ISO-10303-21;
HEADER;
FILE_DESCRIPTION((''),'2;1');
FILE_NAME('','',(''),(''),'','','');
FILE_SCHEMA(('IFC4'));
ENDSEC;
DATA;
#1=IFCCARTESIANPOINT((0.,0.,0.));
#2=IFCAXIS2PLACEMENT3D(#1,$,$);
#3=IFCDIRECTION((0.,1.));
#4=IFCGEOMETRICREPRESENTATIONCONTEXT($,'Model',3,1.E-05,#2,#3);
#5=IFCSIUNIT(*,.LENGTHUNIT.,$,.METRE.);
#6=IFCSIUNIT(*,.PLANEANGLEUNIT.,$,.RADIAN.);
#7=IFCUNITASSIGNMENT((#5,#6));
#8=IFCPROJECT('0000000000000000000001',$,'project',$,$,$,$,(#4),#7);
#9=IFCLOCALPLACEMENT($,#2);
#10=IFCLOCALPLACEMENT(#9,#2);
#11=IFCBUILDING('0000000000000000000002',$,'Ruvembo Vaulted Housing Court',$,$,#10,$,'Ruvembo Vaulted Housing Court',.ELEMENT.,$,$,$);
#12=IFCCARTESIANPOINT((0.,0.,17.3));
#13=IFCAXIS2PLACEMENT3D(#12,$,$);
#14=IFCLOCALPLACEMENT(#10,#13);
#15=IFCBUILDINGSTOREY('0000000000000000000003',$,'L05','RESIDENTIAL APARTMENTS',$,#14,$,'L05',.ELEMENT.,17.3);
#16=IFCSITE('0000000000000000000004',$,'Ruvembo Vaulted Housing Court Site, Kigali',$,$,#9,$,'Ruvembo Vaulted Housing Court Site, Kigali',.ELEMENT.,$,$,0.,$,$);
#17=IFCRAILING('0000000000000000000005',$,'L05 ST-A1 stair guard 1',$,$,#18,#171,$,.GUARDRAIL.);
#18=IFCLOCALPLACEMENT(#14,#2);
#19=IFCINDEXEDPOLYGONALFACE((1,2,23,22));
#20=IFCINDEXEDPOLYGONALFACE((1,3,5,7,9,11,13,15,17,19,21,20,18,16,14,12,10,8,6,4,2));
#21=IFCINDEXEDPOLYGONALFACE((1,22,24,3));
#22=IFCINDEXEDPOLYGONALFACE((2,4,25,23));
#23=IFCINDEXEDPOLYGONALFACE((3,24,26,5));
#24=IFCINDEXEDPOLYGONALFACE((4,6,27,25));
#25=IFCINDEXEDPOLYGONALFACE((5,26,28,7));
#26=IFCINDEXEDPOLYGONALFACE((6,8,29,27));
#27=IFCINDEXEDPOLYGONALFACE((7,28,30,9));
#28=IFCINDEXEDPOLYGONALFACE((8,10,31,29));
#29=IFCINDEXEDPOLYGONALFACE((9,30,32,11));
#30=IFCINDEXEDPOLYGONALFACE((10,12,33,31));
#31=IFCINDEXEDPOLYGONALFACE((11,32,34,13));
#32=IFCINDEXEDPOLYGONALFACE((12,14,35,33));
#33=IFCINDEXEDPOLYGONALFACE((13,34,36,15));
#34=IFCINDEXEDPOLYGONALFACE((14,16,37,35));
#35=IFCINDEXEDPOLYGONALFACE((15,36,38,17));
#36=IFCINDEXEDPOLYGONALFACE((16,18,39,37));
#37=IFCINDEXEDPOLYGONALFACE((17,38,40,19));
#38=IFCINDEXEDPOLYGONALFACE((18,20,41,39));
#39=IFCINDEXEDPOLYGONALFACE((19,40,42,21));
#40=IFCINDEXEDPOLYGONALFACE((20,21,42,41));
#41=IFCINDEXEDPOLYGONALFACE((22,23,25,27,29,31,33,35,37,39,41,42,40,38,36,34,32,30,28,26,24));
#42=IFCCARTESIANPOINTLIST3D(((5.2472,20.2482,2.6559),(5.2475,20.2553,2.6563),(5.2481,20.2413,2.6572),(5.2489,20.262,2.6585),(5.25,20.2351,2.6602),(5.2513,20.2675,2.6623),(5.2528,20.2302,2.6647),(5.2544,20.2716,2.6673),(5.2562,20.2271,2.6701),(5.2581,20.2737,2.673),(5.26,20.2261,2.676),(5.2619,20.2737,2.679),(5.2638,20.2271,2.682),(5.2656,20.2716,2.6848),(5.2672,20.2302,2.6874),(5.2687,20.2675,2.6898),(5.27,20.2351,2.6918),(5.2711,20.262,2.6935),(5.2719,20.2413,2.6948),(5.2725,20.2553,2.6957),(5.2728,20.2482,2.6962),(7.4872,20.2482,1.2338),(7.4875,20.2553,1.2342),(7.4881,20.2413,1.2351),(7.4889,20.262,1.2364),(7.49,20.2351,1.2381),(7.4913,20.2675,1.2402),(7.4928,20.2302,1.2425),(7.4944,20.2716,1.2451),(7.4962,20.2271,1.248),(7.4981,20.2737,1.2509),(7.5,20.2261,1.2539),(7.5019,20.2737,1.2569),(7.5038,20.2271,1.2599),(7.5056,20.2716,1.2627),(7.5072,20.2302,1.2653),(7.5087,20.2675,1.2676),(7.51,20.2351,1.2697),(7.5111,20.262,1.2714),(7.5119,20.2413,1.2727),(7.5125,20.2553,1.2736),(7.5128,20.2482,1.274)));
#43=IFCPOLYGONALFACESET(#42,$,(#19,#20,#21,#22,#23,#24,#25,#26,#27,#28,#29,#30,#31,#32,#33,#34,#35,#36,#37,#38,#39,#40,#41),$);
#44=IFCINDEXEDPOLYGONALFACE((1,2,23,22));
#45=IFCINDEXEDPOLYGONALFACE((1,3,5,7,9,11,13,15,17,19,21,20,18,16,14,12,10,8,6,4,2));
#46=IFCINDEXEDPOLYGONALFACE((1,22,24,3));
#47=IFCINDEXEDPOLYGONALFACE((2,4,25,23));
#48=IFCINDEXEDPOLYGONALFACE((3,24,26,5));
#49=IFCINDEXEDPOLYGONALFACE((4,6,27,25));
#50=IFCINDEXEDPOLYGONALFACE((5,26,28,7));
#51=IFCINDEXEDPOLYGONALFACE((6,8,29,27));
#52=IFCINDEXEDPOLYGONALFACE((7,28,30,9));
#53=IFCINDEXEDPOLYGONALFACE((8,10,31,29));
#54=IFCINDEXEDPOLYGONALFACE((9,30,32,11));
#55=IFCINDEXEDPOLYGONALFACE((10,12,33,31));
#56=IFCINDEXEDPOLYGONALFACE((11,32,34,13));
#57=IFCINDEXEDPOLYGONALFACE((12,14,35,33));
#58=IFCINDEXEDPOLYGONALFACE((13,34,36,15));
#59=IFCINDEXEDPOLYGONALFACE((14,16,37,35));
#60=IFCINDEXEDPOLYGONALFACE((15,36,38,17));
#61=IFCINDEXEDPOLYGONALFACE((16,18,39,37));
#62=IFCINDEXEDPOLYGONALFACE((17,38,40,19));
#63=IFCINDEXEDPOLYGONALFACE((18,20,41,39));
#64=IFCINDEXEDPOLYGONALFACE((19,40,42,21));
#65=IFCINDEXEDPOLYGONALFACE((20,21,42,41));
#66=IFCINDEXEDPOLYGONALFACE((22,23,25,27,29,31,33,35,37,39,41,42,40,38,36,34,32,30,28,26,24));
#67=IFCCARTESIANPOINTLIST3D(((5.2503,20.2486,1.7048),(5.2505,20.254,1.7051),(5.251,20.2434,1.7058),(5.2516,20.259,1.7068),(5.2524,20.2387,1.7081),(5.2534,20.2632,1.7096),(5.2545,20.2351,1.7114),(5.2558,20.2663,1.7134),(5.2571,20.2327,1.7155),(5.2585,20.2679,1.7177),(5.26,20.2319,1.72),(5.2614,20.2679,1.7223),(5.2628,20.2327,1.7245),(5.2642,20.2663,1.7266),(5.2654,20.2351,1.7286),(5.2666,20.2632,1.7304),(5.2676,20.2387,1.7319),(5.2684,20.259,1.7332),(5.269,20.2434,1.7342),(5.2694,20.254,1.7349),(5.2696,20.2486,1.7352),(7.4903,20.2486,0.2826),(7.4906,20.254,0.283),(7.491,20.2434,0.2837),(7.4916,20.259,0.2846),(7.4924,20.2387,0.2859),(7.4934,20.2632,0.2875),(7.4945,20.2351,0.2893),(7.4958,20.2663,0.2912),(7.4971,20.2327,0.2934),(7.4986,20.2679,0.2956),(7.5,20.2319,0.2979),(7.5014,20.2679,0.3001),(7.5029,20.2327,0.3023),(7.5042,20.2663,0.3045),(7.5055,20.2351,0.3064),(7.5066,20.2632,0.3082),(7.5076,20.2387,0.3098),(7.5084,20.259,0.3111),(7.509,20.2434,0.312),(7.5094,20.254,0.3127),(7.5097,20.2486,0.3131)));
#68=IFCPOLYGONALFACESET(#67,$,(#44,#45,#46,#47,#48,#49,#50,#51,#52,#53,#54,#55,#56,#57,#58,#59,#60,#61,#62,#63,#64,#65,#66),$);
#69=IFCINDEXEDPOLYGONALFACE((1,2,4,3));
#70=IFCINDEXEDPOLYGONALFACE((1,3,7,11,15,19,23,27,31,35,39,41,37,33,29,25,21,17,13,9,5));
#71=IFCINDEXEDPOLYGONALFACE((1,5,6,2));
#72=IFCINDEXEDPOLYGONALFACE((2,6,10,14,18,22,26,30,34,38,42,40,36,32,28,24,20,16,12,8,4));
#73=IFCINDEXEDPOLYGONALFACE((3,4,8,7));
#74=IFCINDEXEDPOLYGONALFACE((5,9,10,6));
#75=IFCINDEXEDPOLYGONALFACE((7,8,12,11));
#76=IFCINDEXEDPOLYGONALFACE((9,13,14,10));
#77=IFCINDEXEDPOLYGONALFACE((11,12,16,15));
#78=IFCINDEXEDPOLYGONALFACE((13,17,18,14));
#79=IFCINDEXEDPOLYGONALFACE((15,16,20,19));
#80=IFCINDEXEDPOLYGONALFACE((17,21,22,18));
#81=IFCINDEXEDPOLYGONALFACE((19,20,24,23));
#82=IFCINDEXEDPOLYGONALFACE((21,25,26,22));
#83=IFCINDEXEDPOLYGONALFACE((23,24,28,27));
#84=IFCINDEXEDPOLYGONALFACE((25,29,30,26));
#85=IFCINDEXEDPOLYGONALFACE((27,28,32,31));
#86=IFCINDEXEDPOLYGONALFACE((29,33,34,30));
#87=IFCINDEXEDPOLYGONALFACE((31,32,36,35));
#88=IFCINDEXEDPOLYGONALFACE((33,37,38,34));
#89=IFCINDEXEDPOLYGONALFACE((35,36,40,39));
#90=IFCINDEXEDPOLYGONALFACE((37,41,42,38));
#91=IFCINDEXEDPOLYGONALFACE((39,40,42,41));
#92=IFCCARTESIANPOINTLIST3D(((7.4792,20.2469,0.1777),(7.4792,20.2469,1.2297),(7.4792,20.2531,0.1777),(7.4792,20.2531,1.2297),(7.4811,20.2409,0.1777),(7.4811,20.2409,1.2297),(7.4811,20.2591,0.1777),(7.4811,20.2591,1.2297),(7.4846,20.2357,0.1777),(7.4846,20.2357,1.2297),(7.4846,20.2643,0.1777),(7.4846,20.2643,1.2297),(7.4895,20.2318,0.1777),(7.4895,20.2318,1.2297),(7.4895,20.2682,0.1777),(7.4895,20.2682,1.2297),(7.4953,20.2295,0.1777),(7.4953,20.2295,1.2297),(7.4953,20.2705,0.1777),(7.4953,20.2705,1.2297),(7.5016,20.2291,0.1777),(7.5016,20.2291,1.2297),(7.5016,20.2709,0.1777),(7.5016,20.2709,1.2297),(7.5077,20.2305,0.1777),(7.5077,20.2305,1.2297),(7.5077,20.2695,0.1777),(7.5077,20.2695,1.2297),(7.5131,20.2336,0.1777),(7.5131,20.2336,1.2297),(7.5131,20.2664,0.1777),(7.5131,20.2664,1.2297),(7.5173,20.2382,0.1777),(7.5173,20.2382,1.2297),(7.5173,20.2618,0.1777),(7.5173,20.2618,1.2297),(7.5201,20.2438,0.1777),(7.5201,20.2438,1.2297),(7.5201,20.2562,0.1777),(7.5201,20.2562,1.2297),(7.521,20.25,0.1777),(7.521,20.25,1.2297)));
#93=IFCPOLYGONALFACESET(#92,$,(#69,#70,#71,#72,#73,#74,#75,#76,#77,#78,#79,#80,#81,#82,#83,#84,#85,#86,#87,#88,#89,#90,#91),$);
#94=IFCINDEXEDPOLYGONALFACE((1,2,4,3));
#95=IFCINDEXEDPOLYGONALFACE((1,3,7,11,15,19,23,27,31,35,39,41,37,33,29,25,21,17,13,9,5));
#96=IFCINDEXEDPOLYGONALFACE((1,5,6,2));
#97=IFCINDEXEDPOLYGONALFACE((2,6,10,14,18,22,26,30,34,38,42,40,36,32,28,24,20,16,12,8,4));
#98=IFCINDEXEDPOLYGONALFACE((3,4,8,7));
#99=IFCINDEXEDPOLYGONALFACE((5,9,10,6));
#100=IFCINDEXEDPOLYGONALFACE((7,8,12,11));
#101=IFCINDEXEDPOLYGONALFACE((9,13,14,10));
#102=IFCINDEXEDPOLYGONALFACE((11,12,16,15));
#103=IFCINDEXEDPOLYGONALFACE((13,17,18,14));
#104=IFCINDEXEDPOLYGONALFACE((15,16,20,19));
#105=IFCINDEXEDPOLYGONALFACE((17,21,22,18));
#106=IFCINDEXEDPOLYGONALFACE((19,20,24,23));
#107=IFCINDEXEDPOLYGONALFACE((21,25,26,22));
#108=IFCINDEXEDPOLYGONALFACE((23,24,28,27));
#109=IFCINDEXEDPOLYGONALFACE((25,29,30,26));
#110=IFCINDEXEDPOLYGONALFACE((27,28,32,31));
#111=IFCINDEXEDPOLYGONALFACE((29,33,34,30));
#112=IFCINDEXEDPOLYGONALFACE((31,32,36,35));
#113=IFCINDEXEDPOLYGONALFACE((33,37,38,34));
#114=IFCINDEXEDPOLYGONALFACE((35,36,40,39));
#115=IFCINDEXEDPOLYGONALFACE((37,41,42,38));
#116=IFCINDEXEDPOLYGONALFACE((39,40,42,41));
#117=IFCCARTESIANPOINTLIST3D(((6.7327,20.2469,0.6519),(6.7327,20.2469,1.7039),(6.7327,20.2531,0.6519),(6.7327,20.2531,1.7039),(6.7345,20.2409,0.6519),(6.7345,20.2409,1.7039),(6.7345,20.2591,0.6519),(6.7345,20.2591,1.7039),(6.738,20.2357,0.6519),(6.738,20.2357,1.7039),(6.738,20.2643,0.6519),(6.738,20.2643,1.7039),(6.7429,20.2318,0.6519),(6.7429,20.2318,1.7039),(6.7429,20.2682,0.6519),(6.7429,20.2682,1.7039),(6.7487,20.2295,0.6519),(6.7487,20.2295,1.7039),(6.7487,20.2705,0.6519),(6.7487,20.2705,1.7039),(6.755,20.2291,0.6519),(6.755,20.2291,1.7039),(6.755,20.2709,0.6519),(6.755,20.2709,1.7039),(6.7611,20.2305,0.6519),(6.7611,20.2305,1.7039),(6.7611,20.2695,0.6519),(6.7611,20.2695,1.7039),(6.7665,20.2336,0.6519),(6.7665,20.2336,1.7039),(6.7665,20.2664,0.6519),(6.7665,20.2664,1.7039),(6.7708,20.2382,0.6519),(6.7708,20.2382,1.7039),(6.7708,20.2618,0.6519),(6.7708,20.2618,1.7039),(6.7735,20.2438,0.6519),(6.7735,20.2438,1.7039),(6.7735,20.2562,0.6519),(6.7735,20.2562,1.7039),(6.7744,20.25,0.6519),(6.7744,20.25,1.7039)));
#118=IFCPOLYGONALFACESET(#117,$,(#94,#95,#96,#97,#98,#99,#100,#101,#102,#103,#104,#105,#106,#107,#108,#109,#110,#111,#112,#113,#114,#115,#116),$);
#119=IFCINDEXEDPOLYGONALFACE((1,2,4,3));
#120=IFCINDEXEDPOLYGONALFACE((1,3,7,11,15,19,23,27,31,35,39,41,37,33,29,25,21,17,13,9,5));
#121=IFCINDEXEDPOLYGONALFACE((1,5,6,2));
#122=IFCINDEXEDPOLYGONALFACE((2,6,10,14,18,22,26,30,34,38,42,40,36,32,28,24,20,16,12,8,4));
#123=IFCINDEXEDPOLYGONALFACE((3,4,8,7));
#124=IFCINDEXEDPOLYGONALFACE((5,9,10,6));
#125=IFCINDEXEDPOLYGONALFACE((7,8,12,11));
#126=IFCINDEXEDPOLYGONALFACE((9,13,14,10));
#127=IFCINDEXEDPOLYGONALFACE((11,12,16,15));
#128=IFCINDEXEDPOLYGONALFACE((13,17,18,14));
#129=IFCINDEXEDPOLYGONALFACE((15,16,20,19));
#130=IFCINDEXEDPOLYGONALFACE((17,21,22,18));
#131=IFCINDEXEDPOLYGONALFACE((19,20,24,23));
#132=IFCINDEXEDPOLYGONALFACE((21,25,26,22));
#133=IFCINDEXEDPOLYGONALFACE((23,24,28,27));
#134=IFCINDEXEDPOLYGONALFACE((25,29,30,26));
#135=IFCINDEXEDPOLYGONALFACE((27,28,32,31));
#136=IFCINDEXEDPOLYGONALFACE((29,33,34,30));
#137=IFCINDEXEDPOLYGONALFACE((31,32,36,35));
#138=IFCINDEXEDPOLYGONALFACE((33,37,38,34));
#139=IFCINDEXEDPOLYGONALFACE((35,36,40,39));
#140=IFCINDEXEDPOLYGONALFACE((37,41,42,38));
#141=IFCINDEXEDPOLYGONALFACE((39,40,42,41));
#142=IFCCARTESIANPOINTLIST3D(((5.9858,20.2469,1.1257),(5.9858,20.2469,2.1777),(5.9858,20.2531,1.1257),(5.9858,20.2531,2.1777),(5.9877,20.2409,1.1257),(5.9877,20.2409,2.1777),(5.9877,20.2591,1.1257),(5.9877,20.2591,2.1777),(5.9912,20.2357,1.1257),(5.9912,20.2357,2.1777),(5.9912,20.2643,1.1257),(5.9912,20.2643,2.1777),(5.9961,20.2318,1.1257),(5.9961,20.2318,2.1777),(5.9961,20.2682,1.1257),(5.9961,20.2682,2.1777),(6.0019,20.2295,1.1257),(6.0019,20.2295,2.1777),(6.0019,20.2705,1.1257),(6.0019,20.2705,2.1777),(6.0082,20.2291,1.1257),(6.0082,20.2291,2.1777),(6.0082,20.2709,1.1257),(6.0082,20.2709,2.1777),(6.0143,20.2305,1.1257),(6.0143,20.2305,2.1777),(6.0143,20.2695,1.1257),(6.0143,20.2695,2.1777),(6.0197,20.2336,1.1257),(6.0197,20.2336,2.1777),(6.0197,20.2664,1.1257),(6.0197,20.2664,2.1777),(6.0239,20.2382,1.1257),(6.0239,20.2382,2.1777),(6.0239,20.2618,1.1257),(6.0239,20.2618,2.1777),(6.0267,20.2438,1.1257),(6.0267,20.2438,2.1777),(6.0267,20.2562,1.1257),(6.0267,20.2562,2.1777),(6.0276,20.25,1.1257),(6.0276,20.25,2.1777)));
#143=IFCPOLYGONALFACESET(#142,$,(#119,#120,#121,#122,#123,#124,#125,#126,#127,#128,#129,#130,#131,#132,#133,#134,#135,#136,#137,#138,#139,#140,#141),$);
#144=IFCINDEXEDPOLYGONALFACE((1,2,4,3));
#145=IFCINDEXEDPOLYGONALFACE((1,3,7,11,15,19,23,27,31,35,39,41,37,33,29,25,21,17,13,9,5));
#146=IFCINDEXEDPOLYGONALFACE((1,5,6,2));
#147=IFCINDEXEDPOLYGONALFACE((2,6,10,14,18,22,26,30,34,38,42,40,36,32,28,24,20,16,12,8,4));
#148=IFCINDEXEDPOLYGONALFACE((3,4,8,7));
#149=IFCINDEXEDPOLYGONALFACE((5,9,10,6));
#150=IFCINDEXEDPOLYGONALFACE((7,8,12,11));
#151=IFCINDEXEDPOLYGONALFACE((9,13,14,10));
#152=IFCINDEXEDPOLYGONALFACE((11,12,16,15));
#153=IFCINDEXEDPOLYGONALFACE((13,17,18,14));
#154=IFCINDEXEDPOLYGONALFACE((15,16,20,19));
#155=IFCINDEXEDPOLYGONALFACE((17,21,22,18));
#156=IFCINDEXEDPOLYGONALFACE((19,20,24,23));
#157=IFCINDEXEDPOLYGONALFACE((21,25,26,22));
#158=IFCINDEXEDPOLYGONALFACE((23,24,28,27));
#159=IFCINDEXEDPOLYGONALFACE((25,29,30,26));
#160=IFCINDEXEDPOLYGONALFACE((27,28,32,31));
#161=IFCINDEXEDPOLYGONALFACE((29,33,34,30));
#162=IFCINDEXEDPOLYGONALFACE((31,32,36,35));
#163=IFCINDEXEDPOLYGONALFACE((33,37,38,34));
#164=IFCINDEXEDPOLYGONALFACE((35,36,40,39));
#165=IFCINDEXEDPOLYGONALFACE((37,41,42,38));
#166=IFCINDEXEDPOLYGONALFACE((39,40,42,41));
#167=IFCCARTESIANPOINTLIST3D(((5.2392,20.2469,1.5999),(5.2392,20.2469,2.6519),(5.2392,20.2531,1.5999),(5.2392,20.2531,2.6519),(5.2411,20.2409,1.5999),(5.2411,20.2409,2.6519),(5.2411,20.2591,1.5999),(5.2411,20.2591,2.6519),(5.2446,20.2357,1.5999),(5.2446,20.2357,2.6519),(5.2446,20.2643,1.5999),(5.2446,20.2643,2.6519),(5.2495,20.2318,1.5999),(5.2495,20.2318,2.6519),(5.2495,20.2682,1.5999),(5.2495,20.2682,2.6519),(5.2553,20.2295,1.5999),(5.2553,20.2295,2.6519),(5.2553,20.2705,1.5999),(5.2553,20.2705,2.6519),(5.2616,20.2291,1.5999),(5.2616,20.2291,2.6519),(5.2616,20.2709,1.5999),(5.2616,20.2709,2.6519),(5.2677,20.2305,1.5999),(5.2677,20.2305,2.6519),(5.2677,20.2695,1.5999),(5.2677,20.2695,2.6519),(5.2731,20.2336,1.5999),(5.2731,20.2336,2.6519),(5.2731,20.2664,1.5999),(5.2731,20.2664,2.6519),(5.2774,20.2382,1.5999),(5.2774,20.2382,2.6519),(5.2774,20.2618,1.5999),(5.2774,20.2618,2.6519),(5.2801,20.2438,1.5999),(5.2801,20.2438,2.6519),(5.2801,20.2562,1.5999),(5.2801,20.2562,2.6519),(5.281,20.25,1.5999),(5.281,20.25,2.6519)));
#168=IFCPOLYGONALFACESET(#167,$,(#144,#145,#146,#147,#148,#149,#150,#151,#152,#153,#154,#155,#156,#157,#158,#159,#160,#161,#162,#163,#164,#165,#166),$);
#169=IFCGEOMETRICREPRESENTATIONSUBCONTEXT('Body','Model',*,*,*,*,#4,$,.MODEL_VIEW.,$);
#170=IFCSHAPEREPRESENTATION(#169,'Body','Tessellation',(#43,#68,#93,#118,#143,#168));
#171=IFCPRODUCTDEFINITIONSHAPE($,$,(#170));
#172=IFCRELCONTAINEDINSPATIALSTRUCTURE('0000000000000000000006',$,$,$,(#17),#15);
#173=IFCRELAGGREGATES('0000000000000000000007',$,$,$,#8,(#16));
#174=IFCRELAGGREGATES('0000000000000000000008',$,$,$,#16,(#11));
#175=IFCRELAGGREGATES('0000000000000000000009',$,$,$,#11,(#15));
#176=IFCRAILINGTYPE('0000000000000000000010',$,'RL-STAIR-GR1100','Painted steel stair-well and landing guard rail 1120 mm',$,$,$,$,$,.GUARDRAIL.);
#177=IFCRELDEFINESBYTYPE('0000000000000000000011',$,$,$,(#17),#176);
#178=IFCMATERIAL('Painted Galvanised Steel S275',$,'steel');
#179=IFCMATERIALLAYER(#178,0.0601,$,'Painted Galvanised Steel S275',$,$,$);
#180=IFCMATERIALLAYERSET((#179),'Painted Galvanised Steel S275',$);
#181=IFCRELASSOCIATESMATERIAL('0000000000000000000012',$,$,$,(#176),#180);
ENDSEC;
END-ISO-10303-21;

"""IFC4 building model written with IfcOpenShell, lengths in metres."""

from ifc_helpers import new_model, si_unit, direction, frame, origin, origin_2d, place, context, subcontext, project, spatial, circle, extrude, material, layer, layer_set, type_object, element, save


model = new_model("IFC4")

# Units and contexts
model_context = context("Model", 3, precision=1e-05, world=origin(), true_north=direction((0.0, 1.0)))
body_context = subcontext(model_context, "Body", "Model", "MODEL_VIEW")
ifc_project = project(units=[si_unit("LENGTHUNIT", "METRE"), si_unit("PLANEANGLEUNIT", "RADIAN")], contexts=[model_context])

# Site, building, storey
site_placement = place(None, origin())
site = spatial("IfcSite", under=ifc_project, at=site_placement, Name="Ruvembo Vaulted Housing Court Site, Kigali", LongName="Ruvembo Vaulted Housing Court Site, Kigali", CompositionType="ELEMENT", RefElevation=0.0)
building_placement = place(site_placement, origin())
building = spatial("IfcBuilding", under=site, at=building_placement, Name="Ruvembo Vaulted Housing Court", LongName="Ruvembo Vaulted Housing Court", CompositionType="ELEMENT")
storey_placement = place(building_placement, frame((0.0, 0.0, 17.3)))
storey = spatial("IfcBuildingStorey", under=building, at=storey_placement, Name="L05", Description="RESIDENTIAL APARTMENTS", LongName="L05", CompositionType="ELEMENT", Elevation=17.3)

# Railing
ifc_material_1 = material(Name="Painted Galvanised Steel S275", Category="steel")
ifc_layer_1 = layer(ifc_material_1, 0.0601, Name="Painted Galvanised Steel S275")
ifc_layer_set_1 = layer_set([ifc_layer_1], Name="Painted Galvanised Steel S275")
railing_type_1 = type_object("IfcRailingType", Name="RL-STAIR-GR1100", Description="Painted steel stair-well and landing guard rail 1120 mm", PredefinedType="GUARDRAIL", material=ifc_layer_set_1)
railing_1_placement = place(storey_placement, frame((7.5, 20.25, 0.1777)))
element("IfcRailing", 1, at=railing_1_placement, inside=storey, type_object=railing_type_1, Name="L05 ST-A1 stair guard 1", PredefinedType="GUARDRAIL", context=body_context, shape_type="SweptSolid", body=[
    extrude(circle(Radius=0.0239, at=origin_2d()), frame((0.0, 0.0, 1.0762), z_axis=(-0.844229, 0.0, 0.535982), x_axis=(0.0, -1.0, 0.0)), (0.0, 0.0, 1.0), 2.6533),
    extrude(circle(Radius=0.0181, at=origin_2d()), frame((0.0, 0.0, 0.1201), z_axis=(-0.844229, 0.0, 0.535982), x_axis=(0.0, -1.0, 0.0)), (0.0, 0.0, 1.0), 2.6533),
    extrude(circle(Radius=0.021, at=origin_2d()), origin(), (0.0, 0.0, 1.0), 1.052),
    extrude(circle(Radius=0.021, at=origin_2d()), frame((-0.7466, 0.0, 0.4741)), (0.0, 0.0, 1.0), 1.052),
    extrude(circle(Radius=0.021, at=origin_2d()), frame((-1.4934, 0.0, 0.948)), (0.0, 0.0, 1.0), 1.052),
    extrude(circle(Radius=0.021, at=origin_2d()), frame((-2.24, 0.0, 1.4221)), (0.0, 0.0, 1.0), 1.052),
])

save(model, "model.ifc")
